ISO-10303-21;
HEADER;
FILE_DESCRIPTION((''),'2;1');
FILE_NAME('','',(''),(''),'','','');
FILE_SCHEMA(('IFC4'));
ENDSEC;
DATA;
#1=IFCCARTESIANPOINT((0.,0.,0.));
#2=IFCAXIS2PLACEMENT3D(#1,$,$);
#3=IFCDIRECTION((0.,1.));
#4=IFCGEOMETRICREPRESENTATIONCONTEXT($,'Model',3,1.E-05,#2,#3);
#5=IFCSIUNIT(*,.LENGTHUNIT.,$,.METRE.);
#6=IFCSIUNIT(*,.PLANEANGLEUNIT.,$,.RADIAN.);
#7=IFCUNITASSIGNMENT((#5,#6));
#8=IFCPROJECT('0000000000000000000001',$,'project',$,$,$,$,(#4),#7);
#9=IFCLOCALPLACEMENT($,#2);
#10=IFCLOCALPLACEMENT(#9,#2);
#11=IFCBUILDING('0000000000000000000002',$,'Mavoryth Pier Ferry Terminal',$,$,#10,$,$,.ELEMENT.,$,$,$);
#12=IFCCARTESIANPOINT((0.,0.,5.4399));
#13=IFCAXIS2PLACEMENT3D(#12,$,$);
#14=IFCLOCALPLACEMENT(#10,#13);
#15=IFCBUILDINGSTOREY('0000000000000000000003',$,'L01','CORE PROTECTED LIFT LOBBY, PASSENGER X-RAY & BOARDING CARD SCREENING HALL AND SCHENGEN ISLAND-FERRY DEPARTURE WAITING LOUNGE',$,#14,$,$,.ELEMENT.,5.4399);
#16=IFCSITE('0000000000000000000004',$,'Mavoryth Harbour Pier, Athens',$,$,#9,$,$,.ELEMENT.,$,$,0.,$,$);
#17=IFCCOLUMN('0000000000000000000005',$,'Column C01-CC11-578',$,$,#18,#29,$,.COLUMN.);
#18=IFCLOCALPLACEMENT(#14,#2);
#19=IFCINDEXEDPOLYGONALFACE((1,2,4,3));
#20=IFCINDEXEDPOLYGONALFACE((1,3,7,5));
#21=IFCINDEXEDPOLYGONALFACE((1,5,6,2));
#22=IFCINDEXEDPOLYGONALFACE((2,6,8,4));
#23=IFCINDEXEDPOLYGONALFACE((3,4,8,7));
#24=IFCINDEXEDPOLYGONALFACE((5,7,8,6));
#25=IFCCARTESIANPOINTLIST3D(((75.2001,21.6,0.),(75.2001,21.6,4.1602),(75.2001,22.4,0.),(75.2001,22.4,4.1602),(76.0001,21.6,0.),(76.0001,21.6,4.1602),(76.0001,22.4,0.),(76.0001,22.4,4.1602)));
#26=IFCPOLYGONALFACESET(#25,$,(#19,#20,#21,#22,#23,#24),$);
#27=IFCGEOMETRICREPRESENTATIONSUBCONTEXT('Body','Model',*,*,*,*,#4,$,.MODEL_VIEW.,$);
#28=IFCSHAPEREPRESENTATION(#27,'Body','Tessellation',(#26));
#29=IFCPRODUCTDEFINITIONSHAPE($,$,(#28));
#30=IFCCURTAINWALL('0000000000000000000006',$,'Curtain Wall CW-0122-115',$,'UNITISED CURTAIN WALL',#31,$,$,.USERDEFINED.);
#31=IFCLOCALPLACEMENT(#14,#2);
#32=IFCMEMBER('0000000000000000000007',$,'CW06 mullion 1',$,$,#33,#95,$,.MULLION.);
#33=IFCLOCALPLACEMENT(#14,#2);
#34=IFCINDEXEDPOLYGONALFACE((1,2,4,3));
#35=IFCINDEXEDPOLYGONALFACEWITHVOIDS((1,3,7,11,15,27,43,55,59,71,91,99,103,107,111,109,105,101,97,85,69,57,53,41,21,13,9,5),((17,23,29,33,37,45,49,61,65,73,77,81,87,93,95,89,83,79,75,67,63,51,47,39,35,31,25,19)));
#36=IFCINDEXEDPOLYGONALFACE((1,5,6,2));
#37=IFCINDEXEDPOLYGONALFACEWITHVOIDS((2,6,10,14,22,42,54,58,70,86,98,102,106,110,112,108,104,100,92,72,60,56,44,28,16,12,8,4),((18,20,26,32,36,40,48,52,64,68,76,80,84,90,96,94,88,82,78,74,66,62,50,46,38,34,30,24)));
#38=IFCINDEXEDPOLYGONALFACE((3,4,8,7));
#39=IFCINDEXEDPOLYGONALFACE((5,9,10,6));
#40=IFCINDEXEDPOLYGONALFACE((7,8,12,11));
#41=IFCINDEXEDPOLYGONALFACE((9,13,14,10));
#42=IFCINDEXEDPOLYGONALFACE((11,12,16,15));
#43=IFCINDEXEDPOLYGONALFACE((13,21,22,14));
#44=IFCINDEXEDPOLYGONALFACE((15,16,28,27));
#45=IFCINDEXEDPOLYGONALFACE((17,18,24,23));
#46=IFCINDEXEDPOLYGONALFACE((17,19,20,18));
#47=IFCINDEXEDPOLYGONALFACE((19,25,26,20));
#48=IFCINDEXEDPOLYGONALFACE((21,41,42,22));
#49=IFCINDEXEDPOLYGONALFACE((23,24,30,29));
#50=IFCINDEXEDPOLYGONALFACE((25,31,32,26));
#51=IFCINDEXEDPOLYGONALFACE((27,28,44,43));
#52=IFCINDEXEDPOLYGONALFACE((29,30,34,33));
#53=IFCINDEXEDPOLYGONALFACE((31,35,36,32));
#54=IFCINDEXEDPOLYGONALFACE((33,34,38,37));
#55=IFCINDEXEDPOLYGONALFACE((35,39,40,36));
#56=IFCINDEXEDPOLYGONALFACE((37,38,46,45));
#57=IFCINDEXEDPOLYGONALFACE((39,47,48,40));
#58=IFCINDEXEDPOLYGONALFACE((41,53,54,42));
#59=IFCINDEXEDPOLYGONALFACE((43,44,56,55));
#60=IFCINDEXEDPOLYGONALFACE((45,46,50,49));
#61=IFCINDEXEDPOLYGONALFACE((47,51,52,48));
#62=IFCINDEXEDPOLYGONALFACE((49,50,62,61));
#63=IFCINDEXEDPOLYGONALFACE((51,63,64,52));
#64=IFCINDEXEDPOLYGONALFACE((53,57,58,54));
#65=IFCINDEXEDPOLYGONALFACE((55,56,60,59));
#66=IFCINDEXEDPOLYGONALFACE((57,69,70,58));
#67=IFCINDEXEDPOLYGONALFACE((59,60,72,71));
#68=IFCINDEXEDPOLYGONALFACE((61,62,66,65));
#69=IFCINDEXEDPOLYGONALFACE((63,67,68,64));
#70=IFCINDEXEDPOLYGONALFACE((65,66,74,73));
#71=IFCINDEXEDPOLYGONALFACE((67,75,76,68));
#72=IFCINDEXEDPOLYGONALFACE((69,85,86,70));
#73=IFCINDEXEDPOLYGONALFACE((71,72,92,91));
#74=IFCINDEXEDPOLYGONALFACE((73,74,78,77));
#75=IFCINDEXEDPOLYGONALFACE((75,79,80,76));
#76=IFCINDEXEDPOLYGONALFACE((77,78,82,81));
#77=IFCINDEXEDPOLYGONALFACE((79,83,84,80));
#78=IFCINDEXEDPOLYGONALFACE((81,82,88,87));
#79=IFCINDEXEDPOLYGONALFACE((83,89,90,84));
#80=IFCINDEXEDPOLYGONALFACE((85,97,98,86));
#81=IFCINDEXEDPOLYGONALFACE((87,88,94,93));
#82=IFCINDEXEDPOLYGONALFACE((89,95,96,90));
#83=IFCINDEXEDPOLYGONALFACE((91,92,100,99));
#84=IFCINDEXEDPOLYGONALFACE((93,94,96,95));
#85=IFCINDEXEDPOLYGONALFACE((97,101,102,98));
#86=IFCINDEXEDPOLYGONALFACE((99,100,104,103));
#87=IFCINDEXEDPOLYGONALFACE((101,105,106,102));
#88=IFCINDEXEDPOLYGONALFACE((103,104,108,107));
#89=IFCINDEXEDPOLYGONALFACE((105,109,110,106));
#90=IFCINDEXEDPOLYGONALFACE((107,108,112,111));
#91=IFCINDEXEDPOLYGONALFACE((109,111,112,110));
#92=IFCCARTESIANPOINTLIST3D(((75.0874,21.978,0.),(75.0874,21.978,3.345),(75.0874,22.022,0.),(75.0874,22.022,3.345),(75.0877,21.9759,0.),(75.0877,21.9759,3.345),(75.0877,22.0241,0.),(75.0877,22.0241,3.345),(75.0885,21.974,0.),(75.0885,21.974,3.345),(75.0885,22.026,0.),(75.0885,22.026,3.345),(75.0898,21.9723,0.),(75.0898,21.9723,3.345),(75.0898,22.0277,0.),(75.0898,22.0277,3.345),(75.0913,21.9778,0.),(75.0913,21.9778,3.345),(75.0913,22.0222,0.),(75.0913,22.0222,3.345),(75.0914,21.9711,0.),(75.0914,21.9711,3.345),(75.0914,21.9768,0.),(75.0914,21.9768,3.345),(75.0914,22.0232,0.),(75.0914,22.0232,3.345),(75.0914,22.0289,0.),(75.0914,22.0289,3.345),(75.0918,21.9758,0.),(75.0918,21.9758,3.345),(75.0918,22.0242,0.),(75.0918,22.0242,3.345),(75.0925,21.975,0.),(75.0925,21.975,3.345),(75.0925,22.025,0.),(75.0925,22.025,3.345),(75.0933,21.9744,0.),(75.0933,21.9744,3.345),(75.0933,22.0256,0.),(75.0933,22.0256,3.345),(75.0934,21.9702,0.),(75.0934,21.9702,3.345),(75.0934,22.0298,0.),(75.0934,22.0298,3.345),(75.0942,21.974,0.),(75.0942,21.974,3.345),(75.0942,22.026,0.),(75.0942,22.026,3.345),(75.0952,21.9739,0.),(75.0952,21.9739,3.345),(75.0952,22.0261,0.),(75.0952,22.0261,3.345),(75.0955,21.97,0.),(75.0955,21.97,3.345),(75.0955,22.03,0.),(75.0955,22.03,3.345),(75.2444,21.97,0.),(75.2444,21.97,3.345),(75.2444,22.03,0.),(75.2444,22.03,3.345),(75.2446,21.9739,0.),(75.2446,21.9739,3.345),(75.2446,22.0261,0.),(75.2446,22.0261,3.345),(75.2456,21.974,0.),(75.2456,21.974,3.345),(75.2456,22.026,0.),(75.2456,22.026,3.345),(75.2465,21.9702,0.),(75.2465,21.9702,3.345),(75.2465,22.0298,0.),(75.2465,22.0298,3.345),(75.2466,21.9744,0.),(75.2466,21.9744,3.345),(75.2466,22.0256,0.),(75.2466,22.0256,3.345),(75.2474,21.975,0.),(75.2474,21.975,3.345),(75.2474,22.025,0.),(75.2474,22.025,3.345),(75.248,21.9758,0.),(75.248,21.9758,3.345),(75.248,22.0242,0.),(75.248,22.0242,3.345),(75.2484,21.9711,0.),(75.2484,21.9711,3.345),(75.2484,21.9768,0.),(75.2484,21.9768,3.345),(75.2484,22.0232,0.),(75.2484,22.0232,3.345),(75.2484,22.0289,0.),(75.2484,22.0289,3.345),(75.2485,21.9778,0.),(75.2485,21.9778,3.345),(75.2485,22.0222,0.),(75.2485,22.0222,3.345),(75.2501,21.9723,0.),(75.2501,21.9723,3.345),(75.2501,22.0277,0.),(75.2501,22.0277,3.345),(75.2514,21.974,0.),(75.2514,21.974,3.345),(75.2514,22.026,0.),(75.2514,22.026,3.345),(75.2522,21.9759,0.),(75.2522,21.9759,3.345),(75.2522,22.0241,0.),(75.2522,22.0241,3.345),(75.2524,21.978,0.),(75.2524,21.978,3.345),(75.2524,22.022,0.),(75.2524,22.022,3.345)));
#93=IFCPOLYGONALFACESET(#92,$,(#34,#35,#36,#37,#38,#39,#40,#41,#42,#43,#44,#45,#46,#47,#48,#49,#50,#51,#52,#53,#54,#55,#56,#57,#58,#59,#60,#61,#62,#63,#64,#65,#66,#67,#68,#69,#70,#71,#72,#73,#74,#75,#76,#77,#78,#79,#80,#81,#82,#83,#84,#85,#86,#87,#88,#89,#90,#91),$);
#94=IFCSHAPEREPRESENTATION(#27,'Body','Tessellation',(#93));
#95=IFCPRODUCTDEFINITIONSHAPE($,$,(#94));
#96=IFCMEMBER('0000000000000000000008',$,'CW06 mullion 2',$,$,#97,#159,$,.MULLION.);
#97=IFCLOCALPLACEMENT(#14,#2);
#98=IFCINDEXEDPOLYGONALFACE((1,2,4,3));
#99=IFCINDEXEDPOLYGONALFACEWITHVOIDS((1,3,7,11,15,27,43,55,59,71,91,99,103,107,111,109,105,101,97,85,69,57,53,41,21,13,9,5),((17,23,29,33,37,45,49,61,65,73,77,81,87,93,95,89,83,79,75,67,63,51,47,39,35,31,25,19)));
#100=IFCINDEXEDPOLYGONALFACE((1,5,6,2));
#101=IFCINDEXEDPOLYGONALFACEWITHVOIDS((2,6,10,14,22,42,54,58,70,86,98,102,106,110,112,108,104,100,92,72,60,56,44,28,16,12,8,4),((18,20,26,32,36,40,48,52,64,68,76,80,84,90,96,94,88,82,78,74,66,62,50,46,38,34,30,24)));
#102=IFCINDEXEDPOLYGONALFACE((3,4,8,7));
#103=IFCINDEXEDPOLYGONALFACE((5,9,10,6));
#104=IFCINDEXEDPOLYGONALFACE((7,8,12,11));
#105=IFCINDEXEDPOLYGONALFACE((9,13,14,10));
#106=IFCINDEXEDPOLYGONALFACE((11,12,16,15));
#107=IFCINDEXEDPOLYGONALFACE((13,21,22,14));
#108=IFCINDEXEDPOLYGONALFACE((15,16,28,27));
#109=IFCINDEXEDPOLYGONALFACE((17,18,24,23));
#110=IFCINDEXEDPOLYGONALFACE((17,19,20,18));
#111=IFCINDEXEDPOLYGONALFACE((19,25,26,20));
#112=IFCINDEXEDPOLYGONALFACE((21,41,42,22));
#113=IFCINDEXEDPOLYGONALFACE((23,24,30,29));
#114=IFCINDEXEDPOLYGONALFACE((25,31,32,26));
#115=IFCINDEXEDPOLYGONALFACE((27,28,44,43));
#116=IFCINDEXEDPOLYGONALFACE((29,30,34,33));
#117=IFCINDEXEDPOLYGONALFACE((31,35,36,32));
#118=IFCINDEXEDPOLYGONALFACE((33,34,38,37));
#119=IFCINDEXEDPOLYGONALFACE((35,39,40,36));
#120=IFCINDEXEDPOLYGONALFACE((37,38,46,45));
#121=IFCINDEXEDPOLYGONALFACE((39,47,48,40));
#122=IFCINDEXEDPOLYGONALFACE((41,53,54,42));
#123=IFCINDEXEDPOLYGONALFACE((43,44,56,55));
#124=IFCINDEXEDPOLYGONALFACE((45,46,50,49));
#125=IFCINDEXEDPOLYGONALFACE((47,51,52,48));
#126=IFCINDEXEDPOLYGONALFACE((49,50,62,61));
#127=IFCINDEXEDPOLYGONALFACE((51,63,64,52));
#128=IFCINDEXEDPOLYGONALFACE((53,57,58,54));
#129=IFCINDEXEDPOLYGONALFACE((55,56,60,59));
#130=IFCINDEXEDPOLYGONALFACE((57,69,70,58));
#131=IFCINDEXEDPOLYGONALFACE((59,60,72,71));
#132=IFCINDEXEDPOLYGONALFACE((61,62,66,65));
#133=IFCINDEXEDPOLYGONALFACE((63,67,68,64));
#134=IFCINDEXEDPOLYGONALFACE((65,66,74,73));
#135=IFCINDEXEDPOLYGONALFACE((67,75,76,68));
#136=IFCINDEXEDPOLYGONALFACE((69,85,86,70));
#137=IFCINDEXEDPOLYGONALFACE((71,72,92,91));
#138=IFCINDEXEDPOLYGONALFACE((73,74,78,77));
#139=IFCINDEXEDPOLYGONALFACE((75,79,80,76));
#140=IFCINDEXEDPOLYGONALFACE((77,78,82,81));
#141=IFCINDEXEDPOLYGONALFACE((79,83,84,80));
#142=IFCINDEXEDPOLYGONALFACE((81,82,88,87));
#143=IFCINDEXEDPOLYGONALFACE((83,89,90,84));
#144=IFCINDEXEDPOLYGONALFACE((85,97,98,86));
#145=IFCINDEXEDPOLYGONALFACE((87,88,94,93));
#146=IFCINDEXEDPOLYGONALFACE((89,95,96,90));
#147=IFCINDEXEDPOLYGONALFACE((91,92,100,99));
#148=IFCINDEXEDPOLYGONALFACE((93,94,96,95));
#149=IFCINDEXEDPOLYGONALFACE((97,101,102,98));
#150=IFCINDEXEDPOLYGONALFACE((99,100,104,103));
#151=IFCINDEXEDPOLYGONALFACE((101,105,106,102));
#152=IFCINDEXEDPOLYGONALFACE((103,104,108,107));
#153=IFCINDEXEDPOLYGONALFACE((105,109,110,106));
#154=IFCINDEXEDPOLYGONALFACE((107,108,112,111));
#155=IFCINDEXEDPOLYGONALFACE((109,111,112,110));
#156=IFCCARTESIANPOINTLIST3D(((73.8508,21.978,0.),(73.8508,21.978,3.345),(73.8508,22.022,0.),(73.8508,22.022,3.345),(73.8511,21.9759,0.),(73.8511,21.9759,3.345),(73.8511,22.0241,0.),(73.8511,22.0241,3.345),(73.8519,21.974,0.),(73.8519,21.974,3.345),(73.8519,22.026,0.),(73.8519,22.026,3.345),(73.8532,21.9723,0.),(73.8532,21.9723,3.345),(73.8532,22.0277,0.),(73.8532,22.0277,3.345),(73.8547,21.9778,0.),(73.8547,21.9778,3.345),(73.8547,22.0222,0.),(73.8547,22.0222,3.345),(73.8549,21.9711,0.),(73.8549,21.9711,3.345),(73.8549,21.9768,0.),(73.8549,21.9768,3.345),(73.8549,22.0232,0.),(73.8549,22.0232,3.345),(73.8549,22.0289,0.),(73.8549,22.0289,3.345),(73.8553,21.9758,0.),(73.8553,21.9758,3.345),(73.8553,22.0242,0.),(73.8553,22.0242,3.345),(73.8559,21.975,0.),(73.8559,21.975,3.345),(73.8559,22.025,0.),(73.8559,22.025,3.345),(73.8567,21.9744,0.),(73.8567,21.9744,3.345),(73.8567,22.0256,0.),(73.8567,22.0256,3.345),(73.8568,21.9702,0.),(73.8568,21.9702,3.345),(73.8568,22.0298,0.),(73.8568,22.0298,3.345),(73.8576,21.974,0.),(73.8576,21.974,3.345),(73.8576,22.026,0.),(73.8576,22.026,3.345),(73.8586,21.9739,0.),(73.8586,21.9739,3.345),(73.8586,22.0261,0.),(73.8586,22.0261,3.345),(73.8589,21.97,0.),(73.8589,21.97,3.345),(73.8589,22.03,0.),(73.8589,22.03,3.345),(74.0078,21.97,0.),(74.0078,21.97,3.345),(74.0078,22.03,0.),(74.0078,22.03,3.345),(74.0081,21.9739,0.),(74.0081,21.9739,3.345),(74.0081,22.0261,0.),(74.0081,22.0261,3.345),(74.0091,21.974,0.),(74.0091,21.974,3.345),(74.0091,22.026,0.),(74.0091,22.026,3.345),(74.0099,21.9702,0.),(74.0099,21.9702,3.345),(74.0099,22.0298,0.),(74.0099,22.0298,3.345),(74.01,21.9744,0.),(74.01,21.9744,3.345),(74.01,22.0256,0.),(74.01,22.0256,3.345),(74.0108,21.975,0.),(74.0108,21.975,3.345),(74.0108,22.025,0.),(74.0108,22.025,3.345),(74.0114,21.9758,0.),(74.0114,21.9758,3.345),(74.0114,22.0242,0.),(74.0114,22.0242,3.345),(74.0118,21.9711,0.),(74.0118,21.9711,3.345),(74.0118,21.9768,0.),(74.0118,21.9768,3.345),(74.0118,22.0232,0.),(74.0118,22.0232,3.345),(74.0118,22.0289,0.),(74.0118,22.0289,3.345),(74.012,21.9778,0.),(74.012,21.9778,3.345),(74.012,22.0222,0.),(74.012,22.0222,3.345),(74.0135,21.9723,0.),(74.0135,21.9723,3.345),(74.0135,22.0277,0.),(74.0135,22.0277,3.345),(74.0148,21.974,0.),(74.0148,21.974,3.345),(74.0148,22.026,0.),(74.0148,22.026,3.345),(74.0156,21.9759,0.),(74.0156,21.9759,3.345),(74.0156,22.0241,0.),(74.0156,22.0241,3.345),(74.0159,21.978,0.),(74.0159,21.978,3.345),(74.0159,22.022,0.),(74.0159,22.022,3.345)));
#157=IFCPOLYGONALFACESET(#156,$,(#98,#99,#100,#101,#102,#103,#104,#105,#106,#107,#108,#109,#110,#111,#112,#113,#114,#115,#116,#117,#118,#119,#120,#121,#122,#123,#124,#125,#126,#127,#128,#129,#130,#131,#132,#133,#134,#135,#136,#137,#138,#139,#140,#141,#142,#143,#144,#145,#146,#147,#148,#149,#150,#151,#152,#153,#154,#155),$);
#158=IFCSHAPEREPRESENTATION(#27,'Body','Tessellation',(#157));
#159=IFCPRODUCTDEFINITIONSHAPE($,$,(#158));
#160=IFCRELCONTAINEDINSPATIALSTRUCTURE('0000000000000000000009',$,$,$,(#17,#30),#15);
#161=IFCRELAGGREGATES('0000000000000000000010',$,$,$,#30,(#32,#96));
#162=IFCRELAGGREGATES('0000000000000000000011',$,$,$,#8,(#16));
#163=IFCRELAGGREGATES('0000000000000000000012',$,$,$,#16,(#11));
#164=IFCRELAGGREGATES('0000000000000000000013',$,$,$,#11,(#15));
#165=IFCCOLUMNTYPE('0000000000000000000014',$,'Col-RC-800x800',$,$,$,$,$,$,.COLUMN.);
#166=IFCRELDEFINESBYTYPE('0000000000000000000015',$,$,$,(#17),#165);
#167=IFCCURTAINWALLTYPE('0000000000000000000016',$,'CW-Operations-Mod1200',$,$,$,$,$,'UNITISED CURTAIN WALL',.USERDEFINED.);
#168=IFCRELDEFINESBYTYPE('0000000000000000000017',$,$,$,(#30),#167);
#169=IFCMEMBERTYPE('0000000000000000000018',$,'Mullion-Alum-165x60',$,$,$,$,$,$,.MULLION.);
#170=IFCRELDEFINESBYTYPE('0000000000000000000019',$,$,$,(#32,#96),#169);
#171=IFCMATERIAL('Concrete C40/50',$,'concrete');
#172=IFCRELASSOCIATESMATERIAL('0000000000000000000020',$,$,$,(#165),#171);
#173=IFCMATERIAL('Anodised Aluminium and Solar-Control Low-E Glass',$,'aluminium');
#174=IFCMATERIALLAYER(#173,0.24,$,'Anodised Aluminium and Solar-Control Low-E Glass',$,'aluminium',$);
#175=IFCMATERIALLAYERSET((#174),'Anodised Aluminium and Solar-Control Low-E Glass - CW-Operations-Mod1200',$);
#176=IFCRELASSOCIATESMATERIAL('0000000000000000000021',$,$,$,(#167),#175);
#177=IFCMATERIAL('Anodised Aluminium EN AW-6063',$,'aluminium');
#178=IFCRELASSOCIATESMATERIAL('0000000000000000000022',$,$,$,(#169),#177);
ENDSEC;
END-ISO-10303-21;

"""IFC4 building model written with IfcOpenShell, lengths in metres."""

from ifc_helpers import new_model, si_unit, direction, frame, origin, origin_2d, place, context, subcontext, project, spatial, rectangle, hollow_rectangle, extrude, material, layer, layer_set, material_profile, profile_set, type_object, element, aggregate, save


model = new_model("IFC4")

# Units and contexts
model_context = context("Model", 3, precision=1e-05, world=origin(), true_north=direction((0.0, 1.0)))
body_context = subcontext(model_context, "Body", "Model", "MODEL_VIEW")
ifc_project = project(units=[si_unit("LENGTHUNIT", "METRE"), si_unit("PLANEANGLEUNIT", "RADIAN")], contexts=[model_context])

# Site, building, storey
site_placement = place(None, origin())
site = spatial("IfcSite", under=ifc_project, at=site_placement, Name="Mavoryth Harbour Pier, Athens", CompositionType="ELEMENT", RefElevation=0.0)
building_placement = place(site_placement, origin())
building = spatial("IfcBuilding", under=site, at=building_placement, Name="Mavoryth Pier Ferry Terminal", CompositionType="ELEMENT")
storey_placement = place(building_placement, frame((0.0, 0.0, 5.4399)))
storey = spatial("IfcBuildingStorey", under=building, at=storey_placement, Name="L01", Description="CORE PROTECTED LIFT LOBBY, PASSENGER X-RAY & BOARDING CARD SCREENING HALL AND SCHENGEN ISLAND-FERRY DEPARTURE WAITING LOUNGE", CompositionType="ELEMENT", Elevation=5.4399)

# Column
ifc_material_1 = material(Name="Concrete C40/50", Category="concrete")
ifc_material_profile_1 = material_profile(ifc_material_1, rectangle(XDim=0.8, YDim=0.8, at=origin_2d()), Name="RC 800x800", Category="concrete")
ifc_profile_set_1 = profile_set([ifc_material_profile_1], Name="Concrete C40/50 - RC 800x800")
column_type = type_object("IfcColumnType", Name="Col-RC-800x800", PredefinedType="COLUMN", material=ifc_profile_set_1)
column_placement = place(storey_placement, frame((75.6001, 22.0, 0.0), z_axis=(0.0, 0.0, 1.0), x_axis=(1.0, 0.0, 0.0)))
element("IfcColumn", 1, at=column_placement, inside=storey, type_object=column_type, Name="Column C01-CC11-578", PredefinedType="COLUMN", context=body_context, shape_type="SweptSolid", body=[
    extrude(rectangle(XDim=0.8, YDim=0.8, at=origin_2d()), origin(), (0.0, 0.0, 1.0), 4.1602),
])

# Curtain wall, members
ifc_material_2 = material(Name="Anodised Aluminium and Solar-Control Low-E Glass", Category="aluminium")
ifc_layer_1 = layer(ifc_material_2, 0.24, Name="Anodised Aluminium and Solar-Control Low-E Glass", Category="aluminium")
ifc_layer_set_1 = layer_set([ifc_layer_1], Name="Anodised Aluminium and Solar-Control Low-E Glass - CW-Operations-Mod1200")
curtain_wall_type = type_object("IfcCurtainWallType", Name="CW-Operations-Mod1200", ElementType="UNITISED CURTAIN WALL", PredefinedType="USERDEFINED", material=ifc_layer_set_1)
curtain_wall_1_placement = place(storey_placement, origin())
curtain_wall_1 = element("IfcCurtainWall", 2, at=curtain_wall_1_placement, inside=storey, type_object=curtain_wall_type, Name="Curtain Wall CW-0122-115", ObjectType="UNITISED CURTAIN WALL", PredefinedType="USERDEFINED")
ifc_material_3 = material(Name="Anodised Aluminium EN AW-6063", Category="aluminium")
ifc_material_profile_2 = material_profile(ifc_material_3, hollow_rectangle(XDim=0.0601, YDim=0.165, WallThickness=0.0039, InnerFilletRadius=0.0039, OuterFilletRadius=0.0081, at=origin_2d()), Name="AL-MULL 165x60x4", Category="aluminium")
ifc_profile_set_2 = profile_set([ifc_material_profile_2], Name="Anodised Aluminium EN AW-6063 - AL-MULL 165x60x4")
member_type_1 = type_object("IfcMemberType", Name="Mullion-Alum-165x60", PredefinedType="MULLION", material=ifc_profile_set_2)
member_1_placement = place(storey_placement, frame((75.1699, 22.0, 0.0), z_axis=(0.0, 0.0, 1.0), x_axis=(0.0, -1.0, 0.0)))
member_1 = element("IfcMember", 3, at=member_1_placement, type_object=member_type_1, Name="CW06 mullion 1", PredefinedType="MULLION", context=body_context, shape_type="SweptSolid", body=[
    extrude(hollow_rectangle(XDim=0.0601, YDim=0.165, WallThickness=0.0039, InnerFilletRadius=0.0039, OuterFilletRadius=0.0081, at=origin_2d()), origin(), (0.0, 0.0, 1.0), 3.345),
])
member_2_placement = place(storey_placement, frame((73.9333, 22.0, 0.0), z_axis=(0.0, 0.0, 1.0), x_axis=(0.0, -1.0, 0.0)))
member_2 = element("IfcMember", 4, at=member_2_placement, type_object=member_type_1, Name="CW06 mullion 2", PredefinedType="MULLION", context=body_context, shape_type="SweptSolid", body=[
    extrude(hollow_rectangle(XDim=0.0601, YDim=0.165, WallThickness=0.0039, InnerFilletRadius=0.0039, OuterFilletRadius=0.0081, at=origin_2d()), origin(), (0.0, 0.0, 1.0), 3.345),
])

aggregate(curtain_wall_1, [member_1, member_2])

save(model, "model.ifc")
